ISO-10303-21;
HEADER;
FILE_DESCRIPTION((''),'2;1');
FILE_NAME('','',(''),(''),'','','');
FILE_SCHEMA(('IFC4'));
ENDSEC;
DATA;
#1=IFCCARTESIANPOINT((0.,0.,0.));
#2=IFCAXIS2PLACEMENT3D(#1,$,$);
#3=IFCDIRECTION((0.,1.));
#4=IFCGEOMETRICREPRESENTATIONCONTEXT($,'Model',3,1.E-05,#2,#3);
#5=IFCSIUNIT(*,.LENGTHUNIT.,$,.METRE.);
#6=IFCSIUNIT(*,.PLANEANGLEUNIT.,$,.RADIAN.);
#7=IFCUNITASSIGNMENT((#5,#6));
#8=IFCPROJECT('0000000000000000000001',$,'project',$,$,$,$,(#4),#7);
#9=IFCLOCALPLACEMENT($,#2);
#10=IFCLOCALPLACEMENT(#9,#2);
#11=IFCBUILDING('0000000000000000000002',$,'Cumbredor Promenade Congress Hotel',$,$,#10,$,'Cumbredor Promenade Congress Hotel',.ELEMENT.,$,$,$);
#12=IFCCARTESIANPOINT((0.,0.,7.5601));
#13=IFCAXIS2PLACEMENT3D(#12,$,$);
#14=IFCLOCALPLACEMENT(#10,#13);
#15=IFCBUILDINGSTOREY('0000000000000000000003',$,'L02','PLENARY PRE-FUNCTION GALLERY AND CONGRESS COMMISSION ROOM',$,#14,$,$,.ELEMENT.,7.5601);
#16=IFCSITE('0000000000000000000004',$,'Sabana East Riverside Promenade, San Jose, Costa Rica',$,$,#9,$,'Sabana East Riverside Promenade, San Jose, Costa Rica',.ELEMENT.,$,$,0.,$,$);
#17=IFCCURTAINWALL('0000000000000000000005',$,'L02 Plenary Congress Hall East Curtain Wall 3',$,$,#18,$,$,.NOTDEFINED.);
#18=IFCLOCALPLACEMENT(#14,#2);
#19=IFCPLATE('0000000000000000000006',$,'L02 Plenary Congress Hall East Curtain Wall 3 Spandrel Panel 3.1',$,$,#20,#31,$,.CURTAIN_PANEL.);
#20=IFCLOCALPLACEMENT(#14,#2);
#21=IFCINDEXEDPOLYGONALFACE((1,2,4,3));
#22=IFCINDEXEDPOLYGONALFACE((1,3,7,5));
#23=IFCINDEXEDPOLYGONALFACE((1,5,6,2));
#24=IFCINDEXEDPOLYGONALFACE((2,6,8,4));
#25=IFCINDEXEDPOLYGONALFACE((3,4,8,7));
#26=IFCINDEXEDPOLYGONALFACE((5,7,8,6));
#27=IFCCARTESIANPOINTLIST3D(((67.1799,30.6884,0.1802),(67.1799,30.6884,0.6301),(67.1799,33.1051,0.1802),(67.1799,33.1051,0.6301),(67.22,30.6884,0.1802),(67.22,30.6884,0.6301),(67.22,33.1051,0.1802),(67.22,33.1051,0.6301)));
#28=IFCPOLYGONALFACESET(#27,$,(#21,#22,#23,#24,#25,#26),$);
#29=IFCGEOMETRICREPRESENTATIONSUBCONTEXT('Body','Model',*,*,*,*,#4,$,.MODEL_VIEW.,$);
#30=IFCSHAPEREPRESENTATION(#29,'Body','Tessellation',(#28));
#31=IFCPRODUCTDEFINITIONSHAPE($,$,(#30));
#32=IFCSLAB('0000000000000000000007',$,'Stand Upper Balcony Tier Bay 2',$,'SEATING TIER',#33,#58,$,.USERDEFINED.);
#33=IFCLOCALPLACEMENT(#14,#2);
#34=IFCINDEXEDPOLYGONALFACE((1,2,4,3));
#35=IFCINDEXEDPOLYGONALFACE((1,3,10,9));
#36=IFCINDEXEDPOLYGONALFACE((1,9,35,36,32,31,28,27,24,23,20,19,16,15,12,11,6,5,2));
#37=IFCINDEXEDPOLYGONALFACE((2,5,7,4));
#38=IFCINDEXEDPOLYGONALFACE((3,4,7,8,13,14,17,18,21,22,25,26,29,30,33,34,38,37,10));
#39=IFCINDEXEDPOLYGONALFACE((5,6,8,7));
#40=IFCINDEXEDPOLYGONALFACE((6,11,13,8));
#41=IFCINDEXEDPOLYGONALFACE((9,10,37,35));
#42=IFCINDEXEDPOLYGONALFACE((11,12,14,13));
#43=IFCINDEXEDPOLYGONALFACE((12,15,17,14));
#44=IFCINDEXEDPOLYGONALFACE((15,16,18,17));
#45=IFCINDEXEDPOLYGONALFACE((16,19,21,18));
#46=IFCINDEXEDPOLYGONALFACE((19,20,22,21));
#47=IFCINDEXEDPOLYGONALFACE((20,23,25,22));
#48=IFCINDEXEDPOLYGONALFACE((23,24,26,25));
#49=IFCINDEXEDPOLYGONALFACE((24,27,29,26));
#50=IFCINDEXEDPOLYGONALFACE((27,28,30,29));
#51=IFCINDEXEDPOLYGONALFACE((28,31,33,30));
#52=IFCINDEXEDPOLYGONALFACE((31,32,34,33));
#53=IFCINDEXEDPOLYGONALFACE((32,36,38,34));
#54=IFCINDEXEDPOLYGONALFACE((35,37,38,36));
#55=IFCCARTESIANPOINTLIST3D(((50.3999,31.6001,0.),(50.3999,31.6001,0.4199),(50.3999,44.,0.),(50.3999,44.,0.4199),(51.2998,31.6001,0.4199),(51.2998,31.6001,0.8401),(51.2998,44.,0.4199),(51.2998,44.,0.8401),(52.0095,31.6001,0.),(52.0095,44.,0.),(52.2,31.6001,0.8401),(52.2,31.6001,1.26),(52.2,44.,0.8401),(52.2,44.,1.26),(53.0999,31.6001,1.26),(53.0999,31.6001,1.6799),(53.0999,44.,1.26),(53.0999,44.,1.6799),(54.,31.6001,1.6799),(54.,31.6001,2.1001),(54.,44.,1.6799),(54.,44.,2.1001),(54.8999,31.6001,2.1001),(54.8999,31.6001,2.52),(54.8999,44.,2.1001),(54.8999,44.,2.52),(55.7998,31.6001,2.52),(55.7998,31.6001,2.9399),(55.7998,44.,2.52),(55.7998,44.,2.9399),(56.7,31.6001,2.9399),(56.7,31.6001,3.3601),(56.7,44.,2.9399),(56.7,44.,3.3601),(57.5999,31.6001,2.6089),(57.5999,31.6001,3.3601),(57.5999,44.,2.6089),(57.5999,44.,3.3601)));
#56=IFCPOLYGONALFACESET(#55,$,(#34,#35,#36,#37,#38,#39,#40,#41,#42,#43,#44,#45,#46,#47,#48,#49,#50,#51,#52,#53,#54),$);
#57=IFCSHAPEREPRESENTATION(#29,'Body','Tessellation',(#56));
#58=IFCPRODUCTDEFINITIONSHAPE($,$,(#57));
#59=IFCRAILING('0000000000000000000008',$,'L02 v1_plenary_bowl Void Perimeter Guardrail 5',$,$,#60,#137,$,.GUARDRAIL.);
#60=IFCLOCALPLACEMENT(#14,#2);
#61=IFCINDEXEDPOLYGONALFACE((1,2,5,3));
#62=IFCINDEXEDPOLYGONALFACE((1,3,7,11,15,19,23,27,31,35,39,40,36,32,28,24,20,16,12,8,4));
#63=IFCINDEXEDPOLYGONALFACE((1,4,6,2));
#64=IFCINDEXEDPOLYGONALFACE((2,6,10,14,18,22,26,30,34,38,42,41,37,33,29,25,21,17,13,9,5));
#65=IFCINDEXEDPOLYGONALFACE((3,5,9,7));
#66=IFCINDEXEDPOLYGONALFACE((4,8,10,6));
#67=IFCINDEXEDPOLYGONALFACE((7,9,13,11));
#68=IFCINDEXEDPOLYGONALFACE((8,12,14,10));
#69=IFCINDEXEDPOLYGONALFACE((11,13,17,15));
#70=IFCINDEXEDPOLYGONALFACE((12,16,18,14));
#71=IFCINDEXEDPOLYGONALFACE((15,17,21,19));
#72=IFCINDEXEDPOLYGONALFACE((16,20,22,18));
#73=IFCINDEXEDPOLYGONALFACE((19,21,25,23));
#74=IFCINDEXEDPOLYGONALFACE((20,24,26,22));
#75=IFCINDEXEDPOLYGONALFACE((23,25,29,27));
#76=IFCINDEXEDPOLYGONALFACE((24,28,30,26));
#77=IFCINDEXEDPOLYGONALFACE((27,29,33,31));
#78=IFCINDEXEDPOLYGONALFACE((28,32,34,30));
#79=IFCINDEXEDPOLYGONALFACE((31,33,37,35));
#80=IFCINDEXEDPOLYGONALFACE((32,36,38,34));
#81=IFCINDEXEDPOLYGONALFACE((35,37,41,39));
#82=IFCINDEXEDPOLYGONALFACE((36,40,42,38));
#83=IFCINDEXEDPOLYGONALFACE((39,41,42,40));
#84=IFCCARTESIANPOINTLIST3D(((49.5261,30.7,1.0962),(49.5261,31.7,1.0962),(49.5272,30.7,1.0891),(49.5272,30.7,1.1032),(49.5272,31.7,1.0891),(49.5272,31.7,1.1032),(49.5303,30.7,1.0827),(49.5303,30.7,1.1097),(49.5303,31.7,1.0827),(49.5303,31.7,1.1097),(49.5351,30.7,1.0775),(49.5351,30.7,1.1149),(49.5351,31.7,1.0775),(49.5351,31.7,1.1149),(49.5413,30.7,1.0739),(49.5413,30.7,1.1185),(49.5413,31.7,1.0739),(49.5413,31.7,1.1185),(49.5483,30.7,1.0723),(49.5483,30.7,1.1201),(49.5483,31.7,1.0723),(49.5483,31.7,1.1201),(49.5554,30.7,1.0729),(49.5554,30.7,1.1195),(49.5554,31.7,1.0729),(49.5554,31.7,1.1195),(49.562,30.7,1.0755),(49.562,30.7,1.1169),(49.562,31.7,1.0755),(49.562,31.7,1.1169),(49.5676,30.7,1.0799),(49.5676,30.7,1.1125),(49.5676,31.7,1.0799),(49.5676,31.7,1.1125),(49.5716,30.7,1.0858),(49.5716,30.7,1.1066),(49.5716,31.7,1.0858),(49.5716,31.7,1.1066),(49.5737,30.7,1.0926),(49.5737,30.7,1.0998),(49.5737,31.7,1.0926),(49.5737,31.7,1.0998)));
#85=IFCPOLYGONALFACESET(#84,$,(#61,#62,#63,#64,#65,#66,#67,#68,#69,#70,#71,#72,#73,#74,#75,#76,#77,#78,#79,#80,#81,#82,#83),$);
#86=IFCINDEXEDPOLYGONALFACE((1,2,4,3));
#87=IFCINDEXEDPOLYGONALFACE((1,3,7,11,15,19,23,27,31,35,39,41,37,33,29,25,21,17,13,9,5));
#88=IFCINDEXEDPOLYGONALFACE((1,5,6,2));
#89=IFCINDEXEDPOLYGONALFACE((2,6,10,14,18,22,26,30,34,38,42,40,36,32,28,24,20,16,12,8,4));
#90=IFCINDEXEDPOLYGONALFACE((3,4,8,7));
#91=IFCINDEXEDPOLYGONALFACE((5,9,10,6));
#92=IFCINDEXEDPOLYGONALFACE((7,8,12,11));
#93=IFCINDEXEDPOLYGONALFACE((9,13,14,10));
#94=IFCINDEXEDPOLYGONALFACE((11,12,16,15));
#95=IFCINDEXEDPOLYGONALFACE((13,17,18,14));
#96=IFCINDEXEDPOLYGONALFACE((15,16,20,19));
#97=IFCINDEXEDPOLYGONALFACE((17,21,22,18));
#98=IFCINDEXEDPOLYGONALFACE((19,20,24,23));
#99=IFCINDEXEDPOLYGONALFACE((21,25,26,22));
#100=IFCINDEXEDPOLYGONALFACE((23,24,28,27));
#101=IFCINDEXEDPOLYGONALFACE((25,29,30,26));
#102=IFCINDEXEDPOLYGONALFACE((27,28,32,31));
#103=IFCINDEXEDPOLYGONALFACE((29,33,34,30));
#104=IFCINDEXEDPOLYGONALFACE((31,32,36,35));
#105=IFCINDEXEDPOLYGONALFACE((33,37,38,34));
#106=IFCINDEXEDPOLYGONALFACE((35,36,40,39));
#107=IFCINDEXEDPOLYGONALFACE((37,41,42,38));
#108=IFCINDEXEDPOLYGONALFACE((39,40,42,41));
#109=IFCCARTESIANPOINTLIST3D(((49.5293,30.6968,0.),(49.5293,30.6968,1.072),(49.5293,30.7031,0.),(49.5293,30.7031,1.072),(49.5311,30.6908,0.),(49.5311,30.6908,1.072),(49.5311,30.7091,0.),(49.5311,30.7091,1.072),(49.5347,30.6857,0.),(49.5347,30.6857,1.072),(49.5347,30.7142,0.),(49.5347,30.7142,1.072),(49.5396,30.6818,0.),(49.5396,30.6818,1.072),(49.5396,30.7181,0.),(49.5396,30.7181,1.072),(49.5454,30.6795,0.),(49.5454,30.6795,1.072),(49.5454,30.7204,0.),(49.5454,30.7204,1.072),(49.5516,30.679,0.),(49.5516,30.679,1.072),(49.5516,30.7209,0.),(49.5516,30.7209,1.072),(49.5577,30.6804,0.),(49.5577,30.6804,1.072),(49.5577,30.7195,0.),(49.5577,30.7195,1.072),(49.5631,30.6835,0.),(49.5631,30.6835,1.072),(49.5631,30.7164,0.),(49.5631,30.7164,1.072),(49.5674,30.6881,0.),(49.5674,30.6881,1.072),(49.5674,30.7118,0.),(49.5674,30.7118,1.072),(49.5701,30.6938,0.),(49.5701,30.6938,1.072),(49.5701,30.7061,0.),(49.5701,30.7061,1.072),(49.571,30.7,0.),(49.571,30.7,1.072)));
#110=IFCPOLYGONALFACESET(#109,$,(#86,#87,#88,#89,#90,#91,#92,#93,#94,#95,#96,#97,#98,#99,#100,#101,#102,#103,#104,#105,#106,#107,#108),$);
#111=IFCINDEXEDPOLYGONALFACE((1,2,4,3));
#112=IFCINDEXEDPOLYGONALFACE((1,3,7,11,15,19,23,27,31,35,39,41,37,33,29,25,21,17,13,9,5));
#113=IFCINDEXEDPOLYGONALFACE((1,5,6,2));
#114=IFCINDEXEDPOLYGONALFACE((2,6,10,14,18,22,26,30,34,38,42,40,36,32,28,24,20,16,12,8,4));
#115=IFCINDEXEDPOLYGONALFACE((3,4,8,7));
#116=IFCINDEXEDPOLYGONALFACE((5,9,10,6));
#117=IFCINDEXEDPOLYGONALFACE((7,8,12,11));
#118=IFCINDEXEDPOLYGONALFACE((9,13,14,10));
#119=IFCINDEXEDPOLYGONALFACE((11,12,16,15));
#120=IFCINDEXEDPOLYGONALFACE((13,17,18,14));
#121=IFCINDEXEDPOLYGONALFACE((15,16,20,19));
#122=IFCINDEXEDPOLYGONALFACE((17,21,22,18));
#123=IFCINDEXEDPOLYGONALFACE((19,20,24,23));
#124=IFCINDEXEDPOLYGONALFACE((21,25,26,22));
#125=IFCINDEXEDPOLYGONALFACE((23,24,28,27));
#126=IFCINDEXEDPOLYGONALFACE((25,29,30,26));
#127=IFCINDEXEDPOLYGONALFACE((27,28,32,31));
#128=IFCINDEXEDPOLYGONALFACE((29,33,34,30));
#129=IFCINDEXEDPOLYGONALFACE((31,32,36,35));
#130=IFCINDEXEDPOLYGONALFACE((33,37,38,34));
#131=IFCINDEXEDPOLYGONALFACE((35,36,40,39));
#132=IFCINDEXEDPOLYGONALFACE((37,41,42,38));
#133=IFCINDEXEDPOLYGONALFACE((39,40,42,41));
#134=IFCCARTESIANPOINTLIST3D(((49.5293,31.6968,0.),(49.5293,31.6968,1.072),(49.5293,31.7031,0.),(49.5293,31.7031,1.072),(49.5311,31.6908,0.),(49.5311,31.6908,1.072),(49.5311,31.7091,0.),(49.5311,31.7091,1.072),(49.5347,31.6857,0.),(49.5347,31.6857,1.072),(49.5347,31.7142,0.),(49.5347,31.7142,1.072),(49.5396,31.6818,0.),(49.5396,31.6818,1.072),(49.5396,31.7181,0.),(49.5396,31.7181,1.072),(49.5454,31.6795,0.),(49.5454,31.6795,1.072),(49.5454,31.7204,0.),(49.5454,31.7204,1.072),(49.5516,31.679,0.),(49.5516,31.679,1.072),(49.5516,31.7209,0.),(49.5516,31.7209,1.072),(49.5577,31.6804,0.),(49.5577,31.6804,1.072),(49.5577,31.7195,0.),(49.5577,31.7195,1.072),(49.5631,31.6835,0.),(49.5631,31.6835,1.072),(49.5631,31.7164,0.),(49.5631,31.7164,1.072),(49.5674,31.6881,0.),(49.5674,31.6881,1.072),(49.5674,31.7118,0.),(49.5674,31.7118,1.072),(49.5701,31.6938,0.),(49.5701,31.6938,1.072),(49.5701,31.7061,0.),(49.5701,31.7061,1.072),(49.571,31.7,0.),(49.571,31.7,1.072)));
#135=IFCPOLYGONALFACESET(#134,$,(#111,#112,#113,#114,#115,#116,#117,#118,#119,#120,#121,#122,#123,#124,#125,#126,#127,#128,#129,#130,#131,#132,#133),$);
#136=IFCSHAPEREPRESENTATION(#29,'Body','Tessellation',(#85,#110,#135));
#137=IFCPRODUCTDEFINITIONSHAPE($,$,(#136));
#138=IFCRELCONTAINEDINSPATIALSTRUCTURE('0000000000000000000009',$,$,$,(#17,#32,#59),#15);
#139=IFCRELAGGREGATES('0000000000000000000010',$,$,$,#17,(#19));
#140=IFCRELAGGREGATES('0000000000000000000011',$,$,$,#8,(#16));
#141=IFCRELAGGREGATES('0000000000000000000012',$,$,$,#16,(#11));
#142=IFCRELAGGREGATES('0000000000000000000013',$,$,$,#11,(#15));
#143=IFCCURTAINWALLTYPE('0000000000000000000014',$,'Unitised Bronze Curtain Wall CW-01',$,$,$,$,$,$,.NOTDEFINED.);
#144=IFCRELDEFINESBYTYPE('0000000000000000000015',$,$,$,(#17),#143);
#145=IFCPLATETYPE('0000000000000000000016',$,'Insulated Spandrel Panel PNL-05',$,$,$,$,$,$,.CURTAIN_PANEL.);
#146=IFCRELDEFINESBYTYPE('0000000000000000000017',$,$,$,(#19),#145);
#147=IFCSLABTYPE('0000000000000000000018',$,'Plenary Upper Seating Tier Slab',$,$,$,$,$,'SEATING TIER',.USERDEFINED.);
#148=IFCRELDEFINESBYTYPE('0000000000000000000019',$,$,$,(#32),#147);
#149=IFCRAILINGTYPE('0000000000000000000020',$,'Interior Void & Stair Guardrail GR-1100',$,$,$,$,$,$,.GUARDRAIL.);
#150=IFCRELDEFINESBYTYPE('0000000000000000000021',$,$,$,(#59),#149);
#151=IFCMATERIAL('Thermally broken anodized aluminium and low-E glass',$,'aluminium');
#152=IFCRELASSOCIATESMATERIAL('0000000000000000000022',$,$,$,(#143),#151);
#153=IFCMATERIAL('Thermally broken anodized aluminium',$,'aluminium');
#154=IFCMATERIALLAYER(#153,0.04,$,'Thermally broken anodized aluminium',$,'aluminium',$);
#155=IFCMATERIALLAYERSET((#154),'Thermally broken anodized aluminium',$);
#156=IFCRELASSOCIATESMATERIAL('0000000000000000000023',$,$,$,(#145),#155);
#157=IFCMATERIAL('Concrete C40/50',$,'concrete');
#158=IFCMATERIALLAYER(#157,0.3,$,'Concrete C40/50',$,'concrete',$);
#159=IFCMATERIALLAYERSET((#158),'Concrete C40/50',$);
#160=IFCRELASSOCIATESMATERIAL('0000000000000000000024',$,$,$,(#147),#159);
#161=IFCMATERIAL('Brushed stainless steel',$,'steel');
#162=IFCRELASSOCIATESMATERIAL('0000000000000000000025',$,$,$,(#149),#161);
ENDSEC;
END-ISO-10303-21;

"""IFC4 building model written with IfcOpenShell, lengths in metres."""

from ifc_helpers import new_model, si_unit, direction, frame, origin, origin_2d, place, context, subcontext, project, spatial, polyline, rectangle, circle, outline, extrude, material, layer, layer_set, type_object, element, aggregate, save


model = new_model("IFC4")

# Units and contexts
model_context = context("Model", 3, precision=1e-05, world=origin(), true_north=direction((0.0, 1.0)))
body_context = subcontext(model_context, "Body", "Model", "MODEL_VIEW")
ifc_project = project(units=[si_unit("LENGTHUNIT", "METRE"), si_unit("PLANEANGLEUNIT", "RADIAN")], contexts=[model_context])

# Site, building, storey
site_placement = place(None, origin())
site = spatial("IfcSite", under=ifc_project, at=site_placement, Name="Sabana East Riverside Promenade, San Jose, Costa Rica", LongName="Sabana East Riverside Promenade, San Jose, Costa Rica", CompositionType="ELEMENT", RefElevation=0.0)
building_placement = place(site_placement, origin())
building = spatial("IfcBuilding", under=site, at=building_placement, Name="Cumbredor Promenade Congress Hotel", LongName="Cumbredor Promenade Congress Hotel", CompositionType="ELEMENT")
storey_placement = place(building_placement, frame((0.0, 0.0, 7.5601)))
storey = spatial("IfcBuildingStorey", under=building, at=storey_placement, Name="L02", Description="PLENARY PRE-FUNCTION GALLERY AND CONGRESS COMMISSION ROOM", CompositionType="ELEMENT", Elevation=7.5601)

# Shared definitions
ifc_material_1 = material(Name="Concrete C40/50", Category="concrete")

# Curtain wall
ifc_material_2 = material(Name="Thermally broken anodized aluminium and low-E glass", Category="aluminium")
curtain_wall_type = type_object("IfcCurtainWallType", Name="Unitised Bronze Curtain Wall CW-01", PredefinedType="NOTDEFINED", material=ifc_material_2)
curtain_wall_placement = place(storey_placement, origin())
curtain_wall = element("IfcCurtainWall", 1, at=curtain_wall_placement, inside=storey, type_object=curtain_wall_type, Name="L02 Plenary Congress Hall East Curtain Wall 3", PredefinedType="NOTDEFINED")
ifc_material_3 = material(Name="Thermally broken anodized aluminium", Category="aluminium")

# Plate
ifc_layer_1 = layer(ifc_material_3, 0.04, Name="Thermally broken anodized aluminium", Category="aluminium")
ifc_layer_set_1 = layer_set([ifc_layer_1], Name="Thermally broken anodized aluminium")
plate_type_1 = type_object("IfcPlateType", Name="Insulated Spandrel Panel PNL-05", PredefinedType="CURTAIN_PANEL", material=ifc_layer_set_1)
plate_1_placement = place(storey_placement, frame((67.2, 31.8967, 0.1802), z_axis=(0.0, 0.0, 1.0), x_axis=(0.0, 1.0, 0.0)))
plate_1 = element("IfcPlate", 2, at=plate_1_placement, type_object=plate_type_1, Name="L02 Plenary Congress Hall East Curtain Wall 3 Spandrel Panel 3.1", PredefinedType="CURTAIN_PANEL", context=body_context, shape_type="SweptSolid", body=[
    extrude(rectangle(XDim=2.4167, YDim=0.04, at=origin_2d()), origin(), (0.0, 0.0, 1.0), 0.45),
])
aggregate(curtain_wall, [plate_1])

# Slab
ifc_layer_2 = layer(ifc_material_1, 0.3, Name="Concrete C40/50", Category="concrete")
ifc_layer_set_2 = layer_set([ifc_layer_2], Name="Concrete C40/50")
slab_type = type_object("IfcSlabType", Name="Plenary Upper Seating Tier Slab", ElementType="SEATING TIER", PredefinedType="USERDEFINED", material=ifc_layer_set_2)
slab_placement = place(storey_placement, frame((50.3999, 37.8, 0.0), z_axis=(0.0, 0.0, 1.0), x_axis=(1.0, 0.0, 0.0)))
element("IfcSlab", 3, at=slab_placement, inside=storey, type_object=slab_type, Name="Stand Upper Balcony Tier Bay 2", ObjectType="SEATING TIER", PredefinedType="USERDEFINED", context=body_context, shape_type="SweptSolid", body=[
    extrude(outline(polyline([(0.0, 0.0), (0.0, 0.4199), (0.8999, 0.4199), (0.8999, 0.8401), (1.8, 0.8401), (1.8, 1.26), (2.7, 1.26), (2.7, 1.6799), (3.6001, 1.6799), (3.6001, 2.1001), (4.5, 2.1001), (4.5, 2.52), (5.3999, 2.52), (5.3999, 2.9399), (6.3, 2.9399), (6.3, 3.3601), (7.2, 3.3601), (7.2, 2.6089), (1.6096, 0.0), (0.0, 0.0)])), frame((0.0, 6.2, 0.0), z_axis=(0.0, -1.0, 0.0), x_axis=(1.0, 0.0, 0.0)), (0.0, 0.0, 1.0), 12.3999),
])

# Railing
ifc_material_4 = material(Name="Brushed stainless steel", Category="steel")
railing_type_1 = type_object("IfcRailingType", Name="Interior Void & Stair Guardrail GR-1100", PredefinedType="GUARDRAIL", material=ifc_material_4)
for number, where, name in (
    (4, (49.55, 30.7, 0.0), "L02 v1_plenary_bowl Void Perimeter Guardrail 5"),
):
    element("IfcRailing", number, at=place(storey_placement, frame(where)), inside=storey, type_object=railing_type_1, Name=name, PredefinedType="GUARDRAIL", context=body_context, shape_type="SweptSolid", body=[
        extrude(circle(Radius=0.0239, at=origin_2d()), frame((0.0, 0.0, 1.0962), z_axis=(0.0, 1.0, 0.0), x_axis=(-1.0, 0.0, 0.0)), (0.0, 0.0, 1.0), 1.0),
        extrude(circle(Radius=0.021, at=origin_2d()), origin(), (0.0, 0.0, 1.0), 1.072),
        extrude(circle(Radius=0.021, at=origin_2d()), frame((0.0, 1.0, 0.0)), (0.0, 0.0, 1.0), 1.072),
    ])

save(model, "model.ifc")
